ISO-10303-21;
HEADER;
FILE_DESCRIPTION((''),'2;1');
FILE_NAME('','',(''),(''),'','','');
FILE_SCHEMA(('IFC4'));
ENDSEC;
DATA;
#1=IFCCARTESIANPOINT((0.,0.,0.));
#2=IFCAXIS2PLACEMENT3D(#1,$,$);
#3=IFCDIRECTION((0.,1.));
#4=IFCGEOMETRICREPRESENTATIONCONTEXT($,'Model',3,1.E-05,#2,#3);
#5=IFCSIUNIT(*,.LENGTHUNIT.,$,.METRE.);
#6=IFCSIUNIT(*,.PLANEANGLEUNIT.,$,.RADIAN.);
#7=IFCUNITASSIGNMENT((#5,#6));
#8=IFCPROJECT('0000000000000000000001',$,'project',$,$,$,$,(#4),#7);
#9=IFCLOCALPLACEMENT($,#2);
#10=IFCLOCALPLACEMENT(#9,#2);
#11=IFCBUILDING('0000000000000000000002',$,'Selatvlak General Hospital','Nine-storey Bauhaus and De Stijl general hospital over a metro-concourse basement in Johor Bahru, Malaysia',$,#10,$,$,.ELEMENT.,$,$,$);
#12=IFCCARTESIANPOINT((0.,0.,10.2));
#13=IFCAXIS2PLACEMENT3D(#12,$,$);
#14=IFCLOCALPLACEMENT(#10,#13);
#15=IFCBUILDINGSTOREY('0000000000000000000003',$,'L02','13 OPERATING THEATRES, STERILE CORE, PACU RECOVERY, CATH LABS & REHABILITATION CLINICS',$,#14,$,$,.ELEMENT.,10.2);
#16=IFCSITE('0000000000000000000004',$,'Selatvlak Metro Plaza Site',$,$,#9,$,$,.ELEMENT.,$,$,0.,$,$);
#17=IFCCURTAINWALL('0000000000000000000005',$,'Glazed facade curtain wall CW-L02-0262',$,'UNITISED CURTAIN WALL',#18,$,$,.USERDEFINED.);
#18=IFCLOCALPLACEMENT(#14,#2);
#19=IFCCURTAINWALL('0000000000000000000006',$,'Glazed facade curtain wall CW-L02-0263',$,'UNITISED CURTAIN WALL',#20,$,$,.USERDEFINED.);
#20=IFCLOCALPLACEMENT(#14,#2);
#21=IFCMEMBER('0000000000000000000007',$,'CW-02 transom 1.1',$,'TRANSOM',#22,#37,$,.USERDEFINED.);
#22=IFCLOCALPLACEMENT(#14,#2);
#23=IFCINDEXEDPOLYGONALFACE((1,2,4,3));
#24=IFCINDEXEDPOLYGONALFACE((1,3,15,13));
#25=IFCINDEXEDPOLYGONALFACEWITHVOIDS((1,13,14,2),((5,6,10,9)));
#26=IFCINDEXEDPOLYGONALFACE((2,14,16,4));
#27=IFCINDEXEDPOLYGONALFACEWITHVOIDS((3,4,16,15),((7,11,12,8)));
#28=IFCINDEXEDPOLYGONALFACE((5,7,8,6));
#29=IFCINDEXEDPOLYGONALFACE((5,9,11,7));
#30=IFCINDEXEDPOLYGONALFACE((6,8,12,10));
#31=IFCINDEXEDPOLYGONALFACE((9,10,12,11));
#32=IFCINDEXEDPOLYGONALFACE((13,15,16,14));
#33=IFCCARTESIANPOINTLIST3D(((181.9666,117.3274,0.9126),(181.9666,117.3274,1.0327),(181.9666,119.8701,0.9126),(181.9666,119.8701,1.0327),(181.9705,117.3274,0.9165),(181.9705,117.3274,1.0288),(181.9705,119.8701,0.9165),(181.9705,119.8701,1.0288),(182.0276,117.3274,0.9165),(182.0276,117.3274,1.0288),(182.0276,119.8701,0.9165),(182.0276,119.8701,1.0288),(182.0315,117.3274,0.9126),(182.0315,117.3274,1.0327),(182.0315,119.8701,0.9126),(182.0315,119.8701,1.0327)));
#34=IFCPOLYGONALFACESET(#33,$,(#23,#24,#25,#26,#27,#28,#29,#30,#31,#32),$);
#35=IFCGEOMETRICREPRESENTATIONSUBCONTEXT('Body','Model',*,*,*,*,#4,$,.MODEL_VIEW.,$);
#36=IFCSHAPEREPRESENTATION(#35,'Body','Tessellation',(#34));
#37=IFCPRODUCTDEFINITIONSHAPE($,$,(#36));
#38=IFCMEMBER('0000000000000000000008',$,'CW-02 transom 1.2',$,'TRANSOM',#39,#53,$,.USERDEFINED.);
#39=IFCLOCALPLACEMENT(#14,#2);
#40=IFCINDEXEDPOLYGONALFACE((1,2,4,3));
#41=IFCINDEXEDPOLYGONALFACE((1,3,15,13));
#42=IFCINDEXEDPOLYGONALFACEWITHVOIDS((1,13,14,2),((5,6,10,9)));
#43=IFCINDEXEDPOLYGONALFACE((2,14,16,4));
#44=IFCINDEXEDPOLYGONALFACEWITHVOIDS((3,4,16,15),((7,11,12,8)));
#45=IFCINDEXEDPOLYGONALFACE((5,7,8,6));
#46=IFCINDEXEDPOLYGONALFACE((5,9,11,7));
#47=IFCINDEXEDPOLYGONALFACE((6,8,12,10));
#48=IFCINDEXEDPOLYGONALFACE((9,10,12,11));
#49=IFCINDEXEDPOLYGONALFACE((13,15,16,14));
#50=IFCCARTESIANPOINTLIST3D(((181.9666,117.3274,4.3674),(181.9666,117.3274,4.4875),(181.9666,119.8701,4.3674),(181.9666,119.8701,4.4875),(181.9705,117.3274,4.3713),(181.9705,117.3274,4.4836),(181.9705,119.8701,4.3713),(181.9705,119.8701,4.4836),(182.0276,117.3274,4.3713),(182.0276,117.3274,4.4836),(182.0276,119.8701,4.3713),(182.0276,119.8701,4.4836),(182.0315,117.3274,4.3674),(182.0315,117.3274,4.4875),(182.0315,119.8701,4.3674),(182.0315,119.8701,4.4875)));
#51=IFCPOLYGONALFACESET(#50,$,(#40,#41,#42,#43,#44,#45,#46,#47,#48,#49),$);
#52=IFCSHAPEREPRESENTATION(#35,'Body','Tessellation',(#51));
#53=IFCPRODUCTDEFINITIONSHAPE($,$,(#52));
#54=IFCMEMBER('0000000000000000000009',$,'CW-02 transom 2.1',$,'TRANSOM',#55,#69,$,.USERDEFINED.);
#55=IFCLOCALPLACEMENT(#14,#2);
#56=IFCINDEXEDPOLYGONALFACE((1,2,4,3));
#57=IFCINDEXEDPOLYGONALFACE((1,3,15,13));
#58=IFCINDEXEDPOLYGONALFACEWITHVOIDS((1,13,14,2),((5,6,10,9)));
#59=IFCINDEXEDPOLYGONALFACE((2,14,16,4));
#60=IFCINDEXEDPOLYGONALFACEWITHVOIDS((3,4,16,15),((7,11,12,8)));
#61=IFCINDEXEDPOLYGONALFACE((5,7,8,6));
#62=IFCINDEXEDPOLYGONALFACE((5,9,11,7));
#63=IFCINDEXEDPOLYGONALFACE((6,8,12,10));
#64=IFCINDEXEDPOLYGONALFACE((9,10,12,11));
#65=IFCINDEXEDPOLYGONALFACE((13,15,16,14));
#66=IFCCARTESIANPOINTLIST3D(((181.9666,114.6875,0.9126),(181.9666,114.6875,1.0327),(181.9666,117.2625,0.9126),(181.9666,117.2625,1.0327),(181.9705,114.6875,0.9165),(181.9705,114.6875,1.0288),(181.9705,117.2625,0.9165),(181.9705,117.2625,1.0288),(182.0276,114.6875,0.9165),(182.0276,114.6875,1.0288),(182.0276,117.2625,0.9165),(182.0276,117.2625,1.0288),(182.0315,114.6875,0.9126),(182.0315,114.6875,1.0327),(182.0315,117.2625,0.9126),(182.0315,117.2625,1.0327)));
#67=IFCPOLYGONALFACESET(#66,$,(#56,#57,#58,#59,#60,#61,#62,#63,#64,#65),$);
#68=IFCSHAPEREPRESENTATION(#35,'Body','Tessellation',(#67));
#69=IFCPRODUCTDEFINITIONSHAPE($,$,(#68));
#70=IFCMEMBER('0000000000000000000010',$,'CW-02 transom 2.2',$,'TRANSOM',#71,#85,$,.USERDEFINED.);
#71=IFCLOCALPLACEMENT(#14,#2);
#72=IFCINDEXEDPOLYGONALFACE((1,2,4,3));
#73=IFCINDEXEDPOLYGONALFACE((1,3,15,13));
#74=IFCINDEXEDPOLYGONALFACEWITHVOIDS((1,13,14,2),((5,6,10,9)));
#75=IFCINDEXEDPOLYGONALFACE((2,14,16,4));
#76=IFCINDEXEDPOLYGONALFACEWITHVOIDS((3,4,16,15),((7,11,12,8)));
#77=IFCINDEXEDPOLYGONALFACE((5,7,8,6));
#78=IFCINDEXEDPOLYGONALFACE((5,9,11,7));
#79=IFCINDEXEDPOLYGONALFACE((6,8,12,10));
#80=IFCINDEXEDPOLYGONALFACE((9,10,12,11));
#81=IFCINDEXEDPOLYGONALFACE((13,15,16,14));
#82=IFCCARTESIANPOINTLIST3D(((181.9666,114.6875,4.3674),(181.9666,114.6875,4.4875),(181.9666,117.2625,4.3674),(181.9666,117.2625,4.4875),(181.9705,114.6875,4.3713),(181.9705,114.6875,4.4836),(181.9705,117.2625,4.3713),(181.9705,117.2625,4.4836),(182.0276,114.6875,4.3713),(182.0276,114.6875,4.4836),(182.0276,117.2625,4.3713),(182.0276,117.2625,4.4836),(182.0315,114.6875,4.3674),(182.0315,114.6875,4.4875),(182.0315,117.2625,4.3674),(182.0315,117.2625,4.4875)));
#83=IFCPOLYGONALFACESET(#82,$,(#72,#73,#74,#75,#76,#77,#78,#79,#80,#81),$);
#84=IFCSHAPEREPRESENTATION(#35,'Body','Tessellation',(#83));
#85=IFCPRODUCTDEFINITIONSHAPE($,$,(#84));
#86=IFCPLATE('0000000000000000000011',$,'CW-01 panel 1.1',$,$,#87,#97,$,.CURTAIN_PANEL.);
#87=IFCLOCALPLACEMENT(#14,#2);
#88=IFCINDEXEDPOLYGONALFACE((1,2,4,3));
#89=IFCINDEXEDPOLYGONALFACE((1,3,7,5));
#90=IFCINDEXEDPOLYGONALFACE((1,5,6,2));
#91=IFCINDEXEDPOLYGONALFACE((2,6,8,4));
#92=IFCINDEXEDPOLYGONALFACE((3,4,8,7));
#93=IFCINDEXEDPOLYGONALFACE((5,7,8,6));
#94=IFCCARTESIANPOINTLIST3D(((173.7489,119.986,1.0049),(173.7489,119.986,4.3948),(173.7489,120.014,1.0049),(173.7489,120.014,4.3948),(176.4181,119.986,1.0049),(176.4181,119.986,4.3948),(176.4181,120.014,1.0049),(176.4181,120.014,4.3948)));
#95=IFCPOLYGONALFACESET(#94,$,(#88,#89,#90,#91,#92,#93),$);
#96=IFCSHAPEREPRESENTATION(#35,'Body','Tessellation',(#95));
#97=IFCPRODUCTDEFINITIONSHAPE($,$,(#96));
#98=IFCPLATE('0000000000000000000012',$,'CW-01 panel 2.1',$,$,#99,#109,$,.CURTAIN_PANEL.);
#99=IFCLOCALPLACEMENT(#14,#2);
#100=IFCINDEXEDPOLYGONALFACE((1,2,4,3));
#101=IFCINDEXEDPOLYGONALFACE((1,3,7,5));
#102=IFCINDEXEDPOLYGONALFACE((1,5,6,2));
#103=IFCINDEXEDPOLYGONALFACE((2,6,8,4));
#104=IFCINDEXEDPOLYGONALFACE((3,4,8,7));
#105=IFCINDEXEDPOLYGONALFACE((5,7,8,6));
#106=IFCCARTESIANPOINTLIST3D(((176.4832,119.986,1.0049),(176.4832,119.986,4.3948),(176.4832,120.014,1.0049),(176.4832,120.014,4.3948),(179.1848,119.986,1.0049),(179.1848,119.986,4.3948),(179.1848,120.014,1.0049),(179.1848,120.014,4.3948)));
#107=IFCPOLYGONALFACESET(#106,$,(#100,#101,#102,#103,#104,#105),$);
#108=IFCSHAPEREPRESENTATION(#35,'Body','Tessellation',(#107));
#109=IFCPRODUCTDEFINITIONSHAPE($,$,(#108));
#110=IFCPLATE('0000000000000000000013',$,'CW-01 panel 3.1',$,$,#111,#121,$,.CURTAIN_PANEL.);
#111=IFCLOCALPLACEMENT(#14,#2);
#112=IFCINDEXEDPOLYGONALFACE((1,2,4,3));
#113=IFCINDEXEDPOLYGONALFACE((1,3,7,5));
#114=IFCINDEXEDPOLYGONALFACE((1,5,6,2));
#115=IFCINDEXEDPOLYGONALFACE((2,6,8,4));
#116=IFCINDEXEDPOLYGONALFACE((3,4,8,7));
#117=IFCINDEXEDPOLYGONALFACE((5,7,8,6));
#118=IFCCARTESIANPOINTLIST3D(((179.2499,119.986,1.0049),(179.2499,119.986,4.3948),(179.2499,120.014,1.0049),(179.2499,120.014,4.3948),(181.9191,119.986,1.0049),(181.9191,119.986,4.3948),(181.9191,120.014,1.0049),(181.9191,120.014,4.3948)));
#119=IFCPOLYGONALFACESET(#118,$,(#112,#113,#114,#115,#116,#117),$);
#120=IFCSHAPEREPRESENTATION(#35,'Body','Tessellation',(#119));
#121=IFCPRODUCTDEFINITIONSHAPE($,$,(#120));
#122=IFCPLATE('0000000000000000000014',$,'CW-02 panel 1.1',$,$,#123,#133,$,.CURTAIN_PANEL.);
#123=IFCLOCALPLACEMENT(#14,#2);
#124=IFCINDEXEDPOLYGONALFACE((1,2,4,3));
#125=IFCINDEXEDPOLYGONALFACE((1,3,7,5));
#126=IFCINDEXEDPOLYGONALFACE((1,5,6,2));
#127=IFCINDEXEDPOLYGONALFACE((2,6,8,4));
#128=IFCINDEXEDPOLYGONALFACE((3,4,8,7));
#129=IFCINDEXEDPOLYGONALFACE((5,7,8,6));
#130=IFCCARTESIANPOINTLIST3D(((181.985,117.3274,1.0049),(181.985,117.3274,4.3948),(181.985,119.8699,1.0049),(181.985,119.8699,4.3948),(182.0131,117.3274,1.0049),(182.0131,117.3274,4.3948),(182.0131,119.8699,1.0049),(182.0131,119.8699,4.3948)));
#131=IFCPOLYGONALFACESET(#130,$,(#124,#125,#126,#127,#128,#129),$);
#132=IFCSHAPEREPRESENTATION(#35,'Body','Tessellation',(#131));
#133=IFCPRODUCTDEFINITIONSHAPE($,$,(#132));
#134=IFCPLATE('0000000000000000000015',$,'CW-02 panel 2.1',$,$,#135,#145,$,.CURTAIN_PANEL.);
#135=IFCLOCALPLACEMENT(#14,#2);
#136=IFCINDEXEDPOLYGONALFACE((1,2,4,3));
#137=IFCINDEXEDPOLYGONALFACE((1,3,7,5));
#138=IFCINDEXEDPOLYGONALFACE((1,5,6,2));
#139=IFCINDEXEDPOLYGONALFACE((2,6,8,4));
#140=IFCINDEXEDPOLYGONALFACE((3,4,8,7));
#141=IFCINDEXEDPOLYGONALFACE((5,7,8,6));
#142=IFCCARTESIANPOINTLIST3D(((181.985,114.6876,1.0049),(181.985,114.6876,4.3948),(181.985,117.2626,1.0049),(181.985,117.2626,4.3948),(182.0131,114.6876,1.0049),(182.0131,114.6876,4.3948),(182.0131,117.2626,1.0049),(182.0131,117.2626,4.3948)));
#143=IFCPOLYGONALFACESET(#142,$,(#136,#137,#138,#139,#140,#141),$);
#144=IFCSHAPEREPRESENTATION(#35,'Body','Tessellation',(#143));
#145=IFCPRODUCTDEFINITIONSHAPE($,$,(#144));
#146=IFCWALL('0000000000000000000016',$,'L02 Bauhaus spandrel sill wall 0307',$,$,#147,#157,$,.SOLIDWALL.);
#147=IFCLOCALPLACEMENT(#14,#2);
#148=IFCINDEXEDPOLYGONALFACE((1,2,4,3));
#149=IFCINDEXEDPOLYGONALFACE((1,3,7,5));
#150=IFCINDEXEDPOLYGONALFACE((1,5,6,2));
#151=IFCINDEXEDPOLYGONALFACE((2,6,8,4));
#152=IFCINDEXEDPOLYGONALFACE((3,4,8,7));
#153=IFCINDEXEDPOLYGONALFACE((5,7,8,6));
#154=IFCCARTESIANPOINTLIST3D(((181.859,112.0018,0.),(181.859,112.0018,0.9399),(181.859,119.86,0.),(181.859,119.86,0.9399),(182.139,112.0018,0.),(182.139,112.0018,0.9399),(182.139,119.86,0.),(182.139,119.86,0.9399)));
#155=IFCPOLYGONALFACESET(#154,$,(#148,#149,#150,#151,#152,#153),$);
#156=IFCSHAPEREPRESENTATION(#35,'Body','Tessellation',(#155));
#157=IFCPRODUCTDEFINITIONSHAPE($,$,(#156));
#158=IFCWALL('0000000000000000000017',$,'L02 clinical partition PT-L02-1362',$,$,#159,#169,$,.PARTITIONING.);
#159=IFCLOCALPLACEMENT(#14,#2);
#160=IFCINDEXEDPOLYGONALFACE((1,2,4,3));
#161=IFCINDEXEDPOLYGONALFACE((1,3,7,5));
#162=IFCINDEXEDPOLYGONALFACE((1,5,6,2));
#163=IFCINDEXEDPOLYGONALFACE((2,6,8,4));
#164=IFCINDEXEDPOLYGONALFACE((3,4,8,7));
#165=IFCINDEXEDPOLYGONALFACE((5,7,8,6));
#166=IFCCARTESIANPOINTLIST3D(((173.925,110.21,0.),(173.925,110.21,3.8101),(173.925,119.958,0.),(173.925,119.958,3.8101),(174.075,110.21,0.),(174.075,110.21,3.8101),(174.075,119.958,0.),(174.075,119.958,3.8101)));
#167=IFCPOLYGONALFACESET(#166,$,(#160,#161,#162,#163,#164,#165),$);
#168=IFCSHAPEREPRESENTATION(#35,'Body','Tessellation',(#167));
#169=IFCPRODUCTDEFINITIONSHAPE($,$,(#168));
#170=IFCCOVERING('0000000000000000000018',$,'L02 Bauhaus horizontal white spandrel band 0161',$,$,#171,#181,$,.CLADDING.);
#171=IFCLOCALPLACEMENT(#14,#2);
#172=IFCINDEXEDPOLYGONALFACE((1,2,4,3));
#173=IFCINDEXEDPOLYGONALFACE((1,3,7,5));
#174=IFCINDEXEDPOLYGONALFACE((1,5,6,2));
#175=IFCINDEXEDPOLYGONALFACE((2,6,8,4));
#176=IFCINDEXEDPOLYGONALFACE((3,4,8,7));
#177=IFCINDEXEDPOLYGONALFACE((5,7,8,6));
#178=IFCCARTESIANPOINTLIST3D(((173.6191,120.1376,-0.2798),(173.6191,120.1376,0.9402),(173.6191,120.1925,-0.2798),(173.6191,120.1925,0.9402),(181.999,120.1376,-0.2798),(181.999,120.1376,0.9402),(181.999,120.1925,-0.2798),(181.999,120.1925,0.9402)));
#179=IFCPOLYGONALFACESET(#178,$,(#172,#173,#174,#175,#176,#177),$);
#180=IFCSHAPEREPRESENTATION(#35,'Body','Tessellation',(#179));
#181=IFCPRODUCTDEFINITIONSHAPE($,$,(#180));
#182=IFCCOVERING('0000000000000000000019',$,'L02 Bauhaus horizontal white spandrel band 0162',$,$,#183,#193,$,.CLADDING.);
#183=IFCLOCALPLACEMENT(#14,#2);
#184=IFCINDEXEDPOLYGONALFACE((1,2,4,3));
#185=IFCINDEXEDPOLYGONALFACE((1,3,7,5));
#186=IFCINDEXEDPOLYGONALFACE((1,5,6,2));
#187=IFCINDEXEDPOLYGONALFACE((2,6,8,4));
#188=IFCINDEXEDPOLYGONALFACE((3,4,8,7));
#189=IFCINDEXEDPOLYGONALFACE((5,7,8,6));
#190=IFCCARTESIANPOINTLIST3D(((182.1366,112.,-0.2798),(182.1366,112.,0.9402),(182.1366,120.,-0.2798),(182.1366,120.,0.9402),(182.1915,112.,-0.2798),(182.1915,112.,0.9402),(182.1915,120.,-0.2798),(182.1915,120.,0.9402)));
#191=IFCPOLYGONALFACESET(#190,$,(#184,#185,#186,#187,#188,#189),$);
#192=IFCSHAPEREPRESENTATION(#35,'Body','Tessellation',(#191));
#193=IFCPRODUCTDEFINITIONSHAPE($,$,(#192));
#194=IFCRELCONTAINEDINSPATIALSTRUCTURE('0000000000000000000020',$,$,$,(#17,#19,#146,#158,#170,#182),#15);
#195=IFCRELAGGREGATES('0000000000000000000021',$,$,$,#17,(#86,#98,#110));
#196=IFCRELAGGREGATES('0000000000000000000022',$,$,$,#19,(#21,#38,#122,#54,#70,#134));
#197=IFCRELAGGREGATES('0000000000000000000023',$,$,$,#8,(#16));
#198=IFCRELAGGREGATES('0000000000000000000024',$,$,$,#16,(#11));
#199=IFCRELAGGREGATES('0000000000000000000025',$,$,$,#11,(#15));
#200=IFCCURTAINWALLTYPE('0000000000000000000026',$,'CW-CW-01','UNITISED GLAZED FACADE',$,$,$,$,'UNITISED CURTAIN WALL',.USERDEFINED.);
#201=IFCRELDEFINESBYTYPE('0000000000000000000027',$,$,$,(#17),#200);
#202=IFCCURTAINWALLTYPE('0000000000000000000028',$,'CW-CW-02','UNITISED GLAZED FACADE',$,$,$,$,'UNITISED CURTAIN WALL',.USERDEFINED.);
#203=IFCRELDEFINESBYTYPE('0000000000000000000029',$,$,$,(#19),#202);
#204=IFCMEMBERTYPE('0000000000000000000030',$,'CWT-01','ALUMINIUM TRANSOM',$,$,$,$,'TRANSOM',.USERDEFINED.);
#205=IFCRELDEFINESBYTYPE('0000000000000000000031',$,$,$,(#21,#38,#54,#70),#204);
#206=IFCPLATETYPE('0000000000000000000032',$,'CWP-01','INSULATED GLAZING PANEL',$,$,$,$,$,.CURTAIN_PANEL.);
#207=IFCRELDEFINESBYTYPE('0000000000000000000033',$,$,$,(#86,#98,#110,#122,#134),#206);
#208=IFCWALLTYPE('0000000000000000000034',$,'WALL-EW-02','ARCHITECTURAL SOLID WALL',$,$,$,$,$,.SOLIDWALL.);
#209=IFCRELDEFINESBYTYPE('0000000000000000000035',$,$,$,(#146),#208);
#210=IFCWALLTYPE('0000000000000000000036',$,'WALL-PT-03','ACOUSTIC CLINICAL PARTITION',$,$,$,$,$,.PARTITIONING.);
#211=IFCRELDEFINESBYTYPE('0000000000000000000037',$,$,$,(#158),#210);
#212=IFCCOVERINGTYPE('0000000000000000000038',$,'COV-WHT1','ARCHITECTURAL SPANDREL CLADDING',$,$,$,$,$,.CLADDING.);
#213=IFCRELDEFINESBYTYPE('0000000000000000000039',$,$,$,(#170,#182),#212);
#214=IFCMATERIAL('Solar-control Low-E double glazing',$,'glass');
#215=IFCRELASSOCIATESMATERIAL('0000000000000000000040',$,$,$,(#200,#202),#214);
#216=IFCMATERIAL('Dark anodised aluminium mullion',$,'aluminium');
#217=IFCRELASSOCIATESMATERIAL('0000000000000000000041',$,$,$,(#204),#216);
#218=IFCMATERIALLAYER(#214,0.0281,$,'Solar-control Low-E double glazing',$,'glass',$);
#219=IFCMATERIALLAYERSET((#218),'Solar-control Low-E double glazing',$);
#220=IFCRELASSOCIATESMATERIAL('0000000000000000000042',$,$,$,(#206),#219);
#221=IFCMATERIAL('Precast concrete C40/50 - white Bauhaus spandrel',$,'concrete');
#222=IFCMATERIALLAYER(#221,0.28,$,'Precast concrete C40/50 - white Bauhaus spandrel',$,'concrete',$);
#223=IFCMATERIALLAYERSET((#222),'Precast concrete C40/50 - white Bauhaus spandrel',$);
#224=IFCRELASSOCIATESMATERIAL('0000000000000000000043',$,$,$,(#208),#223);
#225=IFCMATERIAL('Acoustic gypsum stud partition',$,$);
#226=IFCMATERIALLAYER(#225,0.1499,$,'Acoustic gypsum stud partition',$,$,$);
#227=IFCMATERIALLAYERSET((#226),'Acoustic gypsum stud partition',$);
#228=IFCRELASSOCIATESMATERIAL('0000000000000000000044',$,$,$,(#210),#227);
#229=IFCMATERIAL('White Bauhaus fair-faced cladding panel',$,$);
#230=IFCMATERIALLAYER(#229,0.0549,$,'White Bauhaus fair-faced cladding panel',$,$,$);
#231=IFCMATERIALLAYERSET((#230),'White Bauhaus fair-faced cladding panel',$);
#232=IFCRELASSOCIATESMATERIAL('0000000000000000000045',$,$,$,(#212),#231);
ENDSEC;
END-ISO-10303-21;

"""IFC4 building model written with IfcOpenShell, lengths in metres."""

from ifc_helpers import new_model, si_unit, direction, frame, frame_2d, origin, origin_2d, place, context, subcontext, project, spatial, rectangle, hollow_rectangle, extrude, material, layer, layer_set, material_profile, profile_set, type_object, element, aggregate, save


model = new_model("IFC4")

# Units and contexts
model_context = context("Model", 3, precision=1e-05, world=origin(), true_north=direction((0.0, 1.0)))
body_context = subcontext(model_context, "Body", "Model", "MODEL_VIEW")
ifc_project = project(units=[si_unit("LENGTHUNIT", "METRE"), si_unit("PLANEANGLEUNIT", "RADIAN")], contexts=[model_context])

# Site, building, storey
site_placement = place(None, origin())
site = spatial("IfcSite", under=ifc_project, at=site_placement, Name="Selatvlak Metro Plaza Site", CompositionType="ELEMENT", RefElevation=0.0)
building_placement = place(site_placement, origin())
building = spatial("IfcBuilding", under=site, at=building_placement, Name="Selatvlak General Hospital", Description="Nine-storey Bauhaus and De Stijl general hospital over a metro-concourse basement in Johor Bahru, Malaysia", CompositionType="ELEMENT")
storey_placement = place(building_placement, frame((0.0, 0.0, 10.2)))
storey = spatial("IfcBuildingStorey", under=building, at=storey_placement, Name="L02", Description="13 OPERATING THEATRES, STERILE CORE, PACU RECOVERY, CATH LABS & REHABILITATION CLINICS", CompositionType="ELEMENT", Elevation=10.2)

# Curtain walls
ifc_material_1 = material(Name="Solar-control Low-E double glazing", Category="glass")
curtain_wall_type_1 = type_object("IfcCurtainWallType", Name="CW-CW-01", Description="UNITISED GLAZED FACADE", ElementType="UNITISED CURTAIN WALL", PredefinedType="USERDEFINED", material=ifc_material_1)
curtain_wall_1_placement = place(storey_placement, origin())
curtain_wall_1 = element("IfcCurtainWall", 1, at=curtain_wall_1_placement, inside=storey, type_object=curtain_wall_type_1, Name="Glazed facade curtain wall CW-L02-0262", ObjectType="UNITISED CURTAIN WALL", PredefinedType="USERDEFINED")
ifc_material_2 = material(Name="Dark anodised aluminium mullion", Category="aluminium")
curtain_wall_type_2 = type_object("IfcCurtainWallType", Name="CW-CW-02", Description="UNITISED GLAZED FACADE", ElementType="UNITISED CURTAIN WALL", PredefinedType="USERDEFINED", material=ifc_material_1)
curtain_wall_2_placement = place(storey_placement, origin())
curtain_wall_2 = element("IfcCurtainWall", 2, at=curtain_wall_2_placement, inside=storey, type_object=curtain_wall_type_2, Name="Glazed facade curtain wall CW-L02-0263", ObjectType="UNITISED CURTAIN WALL", PredefinedType="USERDEFINED")

# Members
ifc_material_profile_1 = material_profile(ifc_material_2, hollow_rectangle(XDim=0.0649, YDim=0.1201, WallThickness=0.0039, at=origin_2d()), Name="AL-TRN 65x120x4")
ifc_profile_set_1 = profile_set([ifc_material_profile_1], Name="Dark anodised aluminium mullion")
member_type_1 = type_object("IfcMemberType", Name="CWT-01", Description="ALUMINIUM TRANSOM", ElementType="TRANSOM", PredefinedType="USERDEFINED", material=ifc_profile_set_1)
member_1_placement = place(storey_placement, frame((181.999, 119.8701, 0.9727), z_axis=(0.0, -1.0, 0.0), x_axis=(1.0, 0.0, 0.0)))
member_1 = element("IfcMember", 3, at=member_1_placement, type_object=member_type_1, Name="CW-02 transom 1.1", ObjectType="TRANSOM", PredefinedType="USERDEFINED", context=body_context, shape_type="SweptSolid", body=[
    extrude(hollow_rectangle(XDim=0.0649, YDim=0.1201, WallThickness=0.0039, at=origin_2d()), origin(), (0.0, 0.0, 1.0), 2.5427),
])
member_2_placement = place(storey_placement, frame((181.999, 119.8701, 4.4275), z_axis=(0.0, -1.0, 0.0), x_axis=(1.0, 0.0, 0.0)))
member_2 = element("IfcMember", 4, at=member_2_placement, type_object=member_type_1, Name="CW-02 transom 1.2", ObjectType="TRANSOM", PredefinedType="USERDEFINED", context=body_context, shape_type="SweptSolid", body=[
    extrude(hollow_rectangle(XDim=0.0649, YDim=0.1201, WallThickness=0.0039, at=origin_2d()), origin(), (0.0, 0.0, 1.0), 2.5427),
])
member_3_placement = place(storey_placement, frame((181.999, 117.2625, 0.9727), z_axis=(0.0, -1.0, 0.0), x_axis=(1.0, 0.0, 0.0)))
member_3 = element("IfcMember", 5, at=member_3_placement, type_object=member_type_1, Name="CW-02 transom 2.1", ObjectType="TRANSOM", PredefinedType="USERDEFINED", context=body_context, shape_type="SweptSolid", body=[
    extrude(hollow_rectangle(XDim=0.0649, YDim=0.1201, WallThickness=0.0039, at=origin_2d()), origin(), (0.0, 0.0, 1.0), 2.575),
])
member_4_placement = place(storey_placement, frame((181.999, 117.2625, 4.4275), z_axis=(0.0, -1.0, 0.0), x_axis=(1.0, 0.0, 0.0)))
member_4 = element("IfcMember", 6, at=member_4_placement, type_object=member_type_1, Name="CW-02 transom 2.2", ObjectType="TRANSOM", PredefinedType="USERDEFINED", context=body_context, shape_type="SweptSolid", body=[
    extrude(hollow_rectangle(XDim=0.0649, YDim=0.1201, WallThickness=0.0039, at=origin_2d()), origin(), (0.0, 0.0, 1.0), 2.575),
])

# Plates
ifc_layer_1 = layer(ifc_material_1, 0.0281, Name="Solar-control Low-E double glazing", Category="glass")
ifc_layer_set_1 = layer_set([ifc_layer_1], Name="Solar-control Low-E double glazing")
plate_type = type_object("IfcPlateType", Name="CWP-01", Description="INSULATED GLAZING PANEL", PredefinedType="CURTAIN_PANEL", material=ifc_layer_set_1)
plate_1_placement = place(storey_placement, frame((175.0835, 120.0, 1.0049), z_axis=(0.0, 0.0, 1.0), x_axis=(1.0, 0.0, 0.0)))
plate_1 = element("IfcPlate", 7, at=plate_1_placement, type_object=plate_type, Name="CW-01 panel 1.1", PredefinedType="CURTAIN_PANEL", context=body_context, shape_type="SweptSolid", body=[
    extrude(rectangle(XDim=2.6692, YDim=0.0281, at=origin_2d()), origin(), (0.0, 0.0, 1.0), 3.3899),
])
plate_2_placement = place(storey_placement, frame((177.834, 120.0, 1.0049), z_axis=(0.0, 0.0, 1.0), x_axis=(1.0, 0.0, 0.0)))
plate_2 = element("IfcPlate", 8, at=plate_2_placement, type_object=plate_type, Name="CW-01 panel 2.1", PredefinedType="CURTAIN_PANEL", context=body_context, shape_type="SweptSolid", body=[
    extrude(rectangle(XDim=2.7017, YDim=0.0281, at=origin_2d()), origin(), (0.0, 0.0, 1.0), 3.3899),
])
plate_3_placement = place(storey_placement, frame((180.5845, 120.0, 1.0049), z_axis=(0.0, 0.0, 1.0), x_axis=(1.0, 0.0, 0.0)))
plate_3 = element("IfcPlate", 9, at=plate_3_placement, type_object=plate_type, Name="CW-01 panel 3.1", PredefinedType="CURTAIN_PANEL", context=body_context, shape_type="SweptSolid", body=[
    extrude(rectangle(XDim=2.6692, YDim=0.0281, at=origin_2d()), origin(), (0.0, 0.0, 1.0), 3.3899),
])
aggregate(curtain_wall_1, [plate_1, plate_2, plate_3])
plate_4_placement = place(storey_placement, frame((181.999, 118.5986, 1.0049), z_axis=(0.0, 0.0, 1.0), x_axis=(0.0, -1.0, 0.0)))
plate_4 = element("IfcPlate", 10, at=plate_4_placement, type_object=plate_type, Name="CW-02 panel 1.1", PredefinedType="CURTAIN_PANEL", context=body_context, shape_type="SweptSolid", body=[
    extrude(rectangle(XDim=2.5425, YDim=0.0281, at=origin_2d()), origin(), (0.0, 0.0, 1.0), 3.3899),
])
plate_5_placement = place(storey_placement, frame((181.999, 115.9751, 1.0049), z_axis=(0.0, 0.0, 1.0), x_axis=(0.0, -1.0, 0.0)))
plate_5 = element("IfcPlate", 11, at=plate_5_placement, type_object=plate_type, Name="CW-02 panel 2.1", PredefinedType="CURTAIN_PANEL", context=body_context, shape_type="SweptSolid", body=[
    extrude(rectangle(XDim=2.575, YDim=0.0281, at=origin_2d()), origin(), (0.0, 0.0, 1.0), 3.3899),
])
aggregate(curtain_wall_2, [member_1, member_2, plate_4, member_3, member_4, plate_5])

# Walls
ifc_material_3 = material(Name="Precast concrete C40/50 - white Bauhaus spandrel", Category="concrete")
ifc_layer_2 = layer(ifc_material_3, 0.28, Name="Precast concrete C40/50 - white Bauhaus spandrel", Category="concrete")
ifc_layer_set_2 = layer_set([ifc_layer_2], Name="Precast concrete C40/50 - white Bauhaus spandrel")
wall_type_1 = type_object("IfcWallType", Name="WALL-EW-02", Description="ARCHITECTURAL SOLID WALL", PredefinedType="SOLIDWALL", material=ifc_layer_set_2)
wall_1_placement = place(storey_placement, frame((181.999, 119.8601, 0.0), z_axis=(0.0, 0.0, 1.0), x_axis=(0.0, -1.0, 0.0)))
element("IfcWall", 12, at=wall_1_placement, inside=storey, type_object=wall_type_1, Name="L02 Bauhaus spandrel sill wall 0307", PredefinedType="SOLIDWALL", context=body_context, shape_type="SweptSolid", body=[
    extrude(rectangle(XDim=7.8582, YDim=0.28, at=frame_2d((3.9292, 0.0))), origin(), (0.0, 0.0, 1.0), 0.9399),
])
ifc_material_4 = material(Name="Acoustic gypsum stud partition")
ifc_layer_3 = layer(ifc_material_4, 0.1499, Name="Acoustic gypsum stud partition")
ifc_layer_set_3 = layer_set([ifc_layer_3], Name="Acoustic gypsum stud partition")
wall_type_2 = type_object("IfcWallType", Name="WALL-PT-03", Description="ACOUSTIC CLINICAL PARTITION", PredefinedType="PARTITIONING", material=ifc_layer_set_3)
wall_2_placement = place(storey_placement, frame((174.0, 119.958, 0.0), z_axis=(0.0, 0.0, 1.0), x_axis=(0.0, -1.0, 0.0)))
element("IfcWall", 13, at=wall_2_placement, inside=storey, type_object=wall_type_2, Name="L02 clinical partition PT-L02-1362", PredefinedType="PARTITIONING", context=body_context, shape_type="SweptSolid", body=[
    extrude(rectangle(XDim=9.748, YDim=0.1499, at=frame_2d((4.874, 0.0))), origin(), (0.0, 0.0, 1.0), 3.8101),
])

# Coverings
ifc_material_5 = material(Name="White Bauhaus fair-faced cladding panel")
ifc_layer_4 = layer(ifc_material_5, 0.0549, Name="White Bauhaus fair-faced cladding panel")
ifc_layer_set_4 = layer_set([ifc_layer_4], Name="White Bauhaus fair-faced cladding panel")
covering_type = type_object("IfcCoveringType", Name="COV-WHT1", Description="ARCHITECTURAL SPANDREL CLADDING", PredefinedType="CLADDING", material=ifc_layer_set_4)
covering_1_placement = place(storey_placement, frame((177.8091, 120.165, -0.2798), z_axis=(0.0, 0.0, 1.0), x_axis=(1.0, 0.0, 0.0)))
element("IfcCovering", 14, at=covering_1_placement, inside=storey, type_object=covering_type, Name="L02 Bauhaus horizontal white spandrel band 0161", PredefinedType="CLADDING", context=body_context, shape_type="SweptSolid", body=[
    extrude(rectangle(XDim=8.3799, YDim=0.0549, at=origin_2d()), origin(), (0.0, 0.0, 1.0), 1.22),
])
covering_2_placement = place(storey_placement, frame((182.1641, 116.0, -0.2798), z_axis=(0.0, 0.0, 1.0), x_axis=(0.0, -1.0, 0.0)))
element("IfcCovering", 15, at=covering_2_placement, inside=storey, type_object=covering_type, Name="L02 Bauhaus horizontal white spandrel band 0162", PredefinedType="CLADDING", context=body_context, shape_type="SweptSolid", body=[
    extrude(rectangle(XDim=8.0, YDim=0.0549, at=origin_2d()), origin(), (0.0, 0.0, 1.0), 1.22),
])

save(model, "model.ifc")
